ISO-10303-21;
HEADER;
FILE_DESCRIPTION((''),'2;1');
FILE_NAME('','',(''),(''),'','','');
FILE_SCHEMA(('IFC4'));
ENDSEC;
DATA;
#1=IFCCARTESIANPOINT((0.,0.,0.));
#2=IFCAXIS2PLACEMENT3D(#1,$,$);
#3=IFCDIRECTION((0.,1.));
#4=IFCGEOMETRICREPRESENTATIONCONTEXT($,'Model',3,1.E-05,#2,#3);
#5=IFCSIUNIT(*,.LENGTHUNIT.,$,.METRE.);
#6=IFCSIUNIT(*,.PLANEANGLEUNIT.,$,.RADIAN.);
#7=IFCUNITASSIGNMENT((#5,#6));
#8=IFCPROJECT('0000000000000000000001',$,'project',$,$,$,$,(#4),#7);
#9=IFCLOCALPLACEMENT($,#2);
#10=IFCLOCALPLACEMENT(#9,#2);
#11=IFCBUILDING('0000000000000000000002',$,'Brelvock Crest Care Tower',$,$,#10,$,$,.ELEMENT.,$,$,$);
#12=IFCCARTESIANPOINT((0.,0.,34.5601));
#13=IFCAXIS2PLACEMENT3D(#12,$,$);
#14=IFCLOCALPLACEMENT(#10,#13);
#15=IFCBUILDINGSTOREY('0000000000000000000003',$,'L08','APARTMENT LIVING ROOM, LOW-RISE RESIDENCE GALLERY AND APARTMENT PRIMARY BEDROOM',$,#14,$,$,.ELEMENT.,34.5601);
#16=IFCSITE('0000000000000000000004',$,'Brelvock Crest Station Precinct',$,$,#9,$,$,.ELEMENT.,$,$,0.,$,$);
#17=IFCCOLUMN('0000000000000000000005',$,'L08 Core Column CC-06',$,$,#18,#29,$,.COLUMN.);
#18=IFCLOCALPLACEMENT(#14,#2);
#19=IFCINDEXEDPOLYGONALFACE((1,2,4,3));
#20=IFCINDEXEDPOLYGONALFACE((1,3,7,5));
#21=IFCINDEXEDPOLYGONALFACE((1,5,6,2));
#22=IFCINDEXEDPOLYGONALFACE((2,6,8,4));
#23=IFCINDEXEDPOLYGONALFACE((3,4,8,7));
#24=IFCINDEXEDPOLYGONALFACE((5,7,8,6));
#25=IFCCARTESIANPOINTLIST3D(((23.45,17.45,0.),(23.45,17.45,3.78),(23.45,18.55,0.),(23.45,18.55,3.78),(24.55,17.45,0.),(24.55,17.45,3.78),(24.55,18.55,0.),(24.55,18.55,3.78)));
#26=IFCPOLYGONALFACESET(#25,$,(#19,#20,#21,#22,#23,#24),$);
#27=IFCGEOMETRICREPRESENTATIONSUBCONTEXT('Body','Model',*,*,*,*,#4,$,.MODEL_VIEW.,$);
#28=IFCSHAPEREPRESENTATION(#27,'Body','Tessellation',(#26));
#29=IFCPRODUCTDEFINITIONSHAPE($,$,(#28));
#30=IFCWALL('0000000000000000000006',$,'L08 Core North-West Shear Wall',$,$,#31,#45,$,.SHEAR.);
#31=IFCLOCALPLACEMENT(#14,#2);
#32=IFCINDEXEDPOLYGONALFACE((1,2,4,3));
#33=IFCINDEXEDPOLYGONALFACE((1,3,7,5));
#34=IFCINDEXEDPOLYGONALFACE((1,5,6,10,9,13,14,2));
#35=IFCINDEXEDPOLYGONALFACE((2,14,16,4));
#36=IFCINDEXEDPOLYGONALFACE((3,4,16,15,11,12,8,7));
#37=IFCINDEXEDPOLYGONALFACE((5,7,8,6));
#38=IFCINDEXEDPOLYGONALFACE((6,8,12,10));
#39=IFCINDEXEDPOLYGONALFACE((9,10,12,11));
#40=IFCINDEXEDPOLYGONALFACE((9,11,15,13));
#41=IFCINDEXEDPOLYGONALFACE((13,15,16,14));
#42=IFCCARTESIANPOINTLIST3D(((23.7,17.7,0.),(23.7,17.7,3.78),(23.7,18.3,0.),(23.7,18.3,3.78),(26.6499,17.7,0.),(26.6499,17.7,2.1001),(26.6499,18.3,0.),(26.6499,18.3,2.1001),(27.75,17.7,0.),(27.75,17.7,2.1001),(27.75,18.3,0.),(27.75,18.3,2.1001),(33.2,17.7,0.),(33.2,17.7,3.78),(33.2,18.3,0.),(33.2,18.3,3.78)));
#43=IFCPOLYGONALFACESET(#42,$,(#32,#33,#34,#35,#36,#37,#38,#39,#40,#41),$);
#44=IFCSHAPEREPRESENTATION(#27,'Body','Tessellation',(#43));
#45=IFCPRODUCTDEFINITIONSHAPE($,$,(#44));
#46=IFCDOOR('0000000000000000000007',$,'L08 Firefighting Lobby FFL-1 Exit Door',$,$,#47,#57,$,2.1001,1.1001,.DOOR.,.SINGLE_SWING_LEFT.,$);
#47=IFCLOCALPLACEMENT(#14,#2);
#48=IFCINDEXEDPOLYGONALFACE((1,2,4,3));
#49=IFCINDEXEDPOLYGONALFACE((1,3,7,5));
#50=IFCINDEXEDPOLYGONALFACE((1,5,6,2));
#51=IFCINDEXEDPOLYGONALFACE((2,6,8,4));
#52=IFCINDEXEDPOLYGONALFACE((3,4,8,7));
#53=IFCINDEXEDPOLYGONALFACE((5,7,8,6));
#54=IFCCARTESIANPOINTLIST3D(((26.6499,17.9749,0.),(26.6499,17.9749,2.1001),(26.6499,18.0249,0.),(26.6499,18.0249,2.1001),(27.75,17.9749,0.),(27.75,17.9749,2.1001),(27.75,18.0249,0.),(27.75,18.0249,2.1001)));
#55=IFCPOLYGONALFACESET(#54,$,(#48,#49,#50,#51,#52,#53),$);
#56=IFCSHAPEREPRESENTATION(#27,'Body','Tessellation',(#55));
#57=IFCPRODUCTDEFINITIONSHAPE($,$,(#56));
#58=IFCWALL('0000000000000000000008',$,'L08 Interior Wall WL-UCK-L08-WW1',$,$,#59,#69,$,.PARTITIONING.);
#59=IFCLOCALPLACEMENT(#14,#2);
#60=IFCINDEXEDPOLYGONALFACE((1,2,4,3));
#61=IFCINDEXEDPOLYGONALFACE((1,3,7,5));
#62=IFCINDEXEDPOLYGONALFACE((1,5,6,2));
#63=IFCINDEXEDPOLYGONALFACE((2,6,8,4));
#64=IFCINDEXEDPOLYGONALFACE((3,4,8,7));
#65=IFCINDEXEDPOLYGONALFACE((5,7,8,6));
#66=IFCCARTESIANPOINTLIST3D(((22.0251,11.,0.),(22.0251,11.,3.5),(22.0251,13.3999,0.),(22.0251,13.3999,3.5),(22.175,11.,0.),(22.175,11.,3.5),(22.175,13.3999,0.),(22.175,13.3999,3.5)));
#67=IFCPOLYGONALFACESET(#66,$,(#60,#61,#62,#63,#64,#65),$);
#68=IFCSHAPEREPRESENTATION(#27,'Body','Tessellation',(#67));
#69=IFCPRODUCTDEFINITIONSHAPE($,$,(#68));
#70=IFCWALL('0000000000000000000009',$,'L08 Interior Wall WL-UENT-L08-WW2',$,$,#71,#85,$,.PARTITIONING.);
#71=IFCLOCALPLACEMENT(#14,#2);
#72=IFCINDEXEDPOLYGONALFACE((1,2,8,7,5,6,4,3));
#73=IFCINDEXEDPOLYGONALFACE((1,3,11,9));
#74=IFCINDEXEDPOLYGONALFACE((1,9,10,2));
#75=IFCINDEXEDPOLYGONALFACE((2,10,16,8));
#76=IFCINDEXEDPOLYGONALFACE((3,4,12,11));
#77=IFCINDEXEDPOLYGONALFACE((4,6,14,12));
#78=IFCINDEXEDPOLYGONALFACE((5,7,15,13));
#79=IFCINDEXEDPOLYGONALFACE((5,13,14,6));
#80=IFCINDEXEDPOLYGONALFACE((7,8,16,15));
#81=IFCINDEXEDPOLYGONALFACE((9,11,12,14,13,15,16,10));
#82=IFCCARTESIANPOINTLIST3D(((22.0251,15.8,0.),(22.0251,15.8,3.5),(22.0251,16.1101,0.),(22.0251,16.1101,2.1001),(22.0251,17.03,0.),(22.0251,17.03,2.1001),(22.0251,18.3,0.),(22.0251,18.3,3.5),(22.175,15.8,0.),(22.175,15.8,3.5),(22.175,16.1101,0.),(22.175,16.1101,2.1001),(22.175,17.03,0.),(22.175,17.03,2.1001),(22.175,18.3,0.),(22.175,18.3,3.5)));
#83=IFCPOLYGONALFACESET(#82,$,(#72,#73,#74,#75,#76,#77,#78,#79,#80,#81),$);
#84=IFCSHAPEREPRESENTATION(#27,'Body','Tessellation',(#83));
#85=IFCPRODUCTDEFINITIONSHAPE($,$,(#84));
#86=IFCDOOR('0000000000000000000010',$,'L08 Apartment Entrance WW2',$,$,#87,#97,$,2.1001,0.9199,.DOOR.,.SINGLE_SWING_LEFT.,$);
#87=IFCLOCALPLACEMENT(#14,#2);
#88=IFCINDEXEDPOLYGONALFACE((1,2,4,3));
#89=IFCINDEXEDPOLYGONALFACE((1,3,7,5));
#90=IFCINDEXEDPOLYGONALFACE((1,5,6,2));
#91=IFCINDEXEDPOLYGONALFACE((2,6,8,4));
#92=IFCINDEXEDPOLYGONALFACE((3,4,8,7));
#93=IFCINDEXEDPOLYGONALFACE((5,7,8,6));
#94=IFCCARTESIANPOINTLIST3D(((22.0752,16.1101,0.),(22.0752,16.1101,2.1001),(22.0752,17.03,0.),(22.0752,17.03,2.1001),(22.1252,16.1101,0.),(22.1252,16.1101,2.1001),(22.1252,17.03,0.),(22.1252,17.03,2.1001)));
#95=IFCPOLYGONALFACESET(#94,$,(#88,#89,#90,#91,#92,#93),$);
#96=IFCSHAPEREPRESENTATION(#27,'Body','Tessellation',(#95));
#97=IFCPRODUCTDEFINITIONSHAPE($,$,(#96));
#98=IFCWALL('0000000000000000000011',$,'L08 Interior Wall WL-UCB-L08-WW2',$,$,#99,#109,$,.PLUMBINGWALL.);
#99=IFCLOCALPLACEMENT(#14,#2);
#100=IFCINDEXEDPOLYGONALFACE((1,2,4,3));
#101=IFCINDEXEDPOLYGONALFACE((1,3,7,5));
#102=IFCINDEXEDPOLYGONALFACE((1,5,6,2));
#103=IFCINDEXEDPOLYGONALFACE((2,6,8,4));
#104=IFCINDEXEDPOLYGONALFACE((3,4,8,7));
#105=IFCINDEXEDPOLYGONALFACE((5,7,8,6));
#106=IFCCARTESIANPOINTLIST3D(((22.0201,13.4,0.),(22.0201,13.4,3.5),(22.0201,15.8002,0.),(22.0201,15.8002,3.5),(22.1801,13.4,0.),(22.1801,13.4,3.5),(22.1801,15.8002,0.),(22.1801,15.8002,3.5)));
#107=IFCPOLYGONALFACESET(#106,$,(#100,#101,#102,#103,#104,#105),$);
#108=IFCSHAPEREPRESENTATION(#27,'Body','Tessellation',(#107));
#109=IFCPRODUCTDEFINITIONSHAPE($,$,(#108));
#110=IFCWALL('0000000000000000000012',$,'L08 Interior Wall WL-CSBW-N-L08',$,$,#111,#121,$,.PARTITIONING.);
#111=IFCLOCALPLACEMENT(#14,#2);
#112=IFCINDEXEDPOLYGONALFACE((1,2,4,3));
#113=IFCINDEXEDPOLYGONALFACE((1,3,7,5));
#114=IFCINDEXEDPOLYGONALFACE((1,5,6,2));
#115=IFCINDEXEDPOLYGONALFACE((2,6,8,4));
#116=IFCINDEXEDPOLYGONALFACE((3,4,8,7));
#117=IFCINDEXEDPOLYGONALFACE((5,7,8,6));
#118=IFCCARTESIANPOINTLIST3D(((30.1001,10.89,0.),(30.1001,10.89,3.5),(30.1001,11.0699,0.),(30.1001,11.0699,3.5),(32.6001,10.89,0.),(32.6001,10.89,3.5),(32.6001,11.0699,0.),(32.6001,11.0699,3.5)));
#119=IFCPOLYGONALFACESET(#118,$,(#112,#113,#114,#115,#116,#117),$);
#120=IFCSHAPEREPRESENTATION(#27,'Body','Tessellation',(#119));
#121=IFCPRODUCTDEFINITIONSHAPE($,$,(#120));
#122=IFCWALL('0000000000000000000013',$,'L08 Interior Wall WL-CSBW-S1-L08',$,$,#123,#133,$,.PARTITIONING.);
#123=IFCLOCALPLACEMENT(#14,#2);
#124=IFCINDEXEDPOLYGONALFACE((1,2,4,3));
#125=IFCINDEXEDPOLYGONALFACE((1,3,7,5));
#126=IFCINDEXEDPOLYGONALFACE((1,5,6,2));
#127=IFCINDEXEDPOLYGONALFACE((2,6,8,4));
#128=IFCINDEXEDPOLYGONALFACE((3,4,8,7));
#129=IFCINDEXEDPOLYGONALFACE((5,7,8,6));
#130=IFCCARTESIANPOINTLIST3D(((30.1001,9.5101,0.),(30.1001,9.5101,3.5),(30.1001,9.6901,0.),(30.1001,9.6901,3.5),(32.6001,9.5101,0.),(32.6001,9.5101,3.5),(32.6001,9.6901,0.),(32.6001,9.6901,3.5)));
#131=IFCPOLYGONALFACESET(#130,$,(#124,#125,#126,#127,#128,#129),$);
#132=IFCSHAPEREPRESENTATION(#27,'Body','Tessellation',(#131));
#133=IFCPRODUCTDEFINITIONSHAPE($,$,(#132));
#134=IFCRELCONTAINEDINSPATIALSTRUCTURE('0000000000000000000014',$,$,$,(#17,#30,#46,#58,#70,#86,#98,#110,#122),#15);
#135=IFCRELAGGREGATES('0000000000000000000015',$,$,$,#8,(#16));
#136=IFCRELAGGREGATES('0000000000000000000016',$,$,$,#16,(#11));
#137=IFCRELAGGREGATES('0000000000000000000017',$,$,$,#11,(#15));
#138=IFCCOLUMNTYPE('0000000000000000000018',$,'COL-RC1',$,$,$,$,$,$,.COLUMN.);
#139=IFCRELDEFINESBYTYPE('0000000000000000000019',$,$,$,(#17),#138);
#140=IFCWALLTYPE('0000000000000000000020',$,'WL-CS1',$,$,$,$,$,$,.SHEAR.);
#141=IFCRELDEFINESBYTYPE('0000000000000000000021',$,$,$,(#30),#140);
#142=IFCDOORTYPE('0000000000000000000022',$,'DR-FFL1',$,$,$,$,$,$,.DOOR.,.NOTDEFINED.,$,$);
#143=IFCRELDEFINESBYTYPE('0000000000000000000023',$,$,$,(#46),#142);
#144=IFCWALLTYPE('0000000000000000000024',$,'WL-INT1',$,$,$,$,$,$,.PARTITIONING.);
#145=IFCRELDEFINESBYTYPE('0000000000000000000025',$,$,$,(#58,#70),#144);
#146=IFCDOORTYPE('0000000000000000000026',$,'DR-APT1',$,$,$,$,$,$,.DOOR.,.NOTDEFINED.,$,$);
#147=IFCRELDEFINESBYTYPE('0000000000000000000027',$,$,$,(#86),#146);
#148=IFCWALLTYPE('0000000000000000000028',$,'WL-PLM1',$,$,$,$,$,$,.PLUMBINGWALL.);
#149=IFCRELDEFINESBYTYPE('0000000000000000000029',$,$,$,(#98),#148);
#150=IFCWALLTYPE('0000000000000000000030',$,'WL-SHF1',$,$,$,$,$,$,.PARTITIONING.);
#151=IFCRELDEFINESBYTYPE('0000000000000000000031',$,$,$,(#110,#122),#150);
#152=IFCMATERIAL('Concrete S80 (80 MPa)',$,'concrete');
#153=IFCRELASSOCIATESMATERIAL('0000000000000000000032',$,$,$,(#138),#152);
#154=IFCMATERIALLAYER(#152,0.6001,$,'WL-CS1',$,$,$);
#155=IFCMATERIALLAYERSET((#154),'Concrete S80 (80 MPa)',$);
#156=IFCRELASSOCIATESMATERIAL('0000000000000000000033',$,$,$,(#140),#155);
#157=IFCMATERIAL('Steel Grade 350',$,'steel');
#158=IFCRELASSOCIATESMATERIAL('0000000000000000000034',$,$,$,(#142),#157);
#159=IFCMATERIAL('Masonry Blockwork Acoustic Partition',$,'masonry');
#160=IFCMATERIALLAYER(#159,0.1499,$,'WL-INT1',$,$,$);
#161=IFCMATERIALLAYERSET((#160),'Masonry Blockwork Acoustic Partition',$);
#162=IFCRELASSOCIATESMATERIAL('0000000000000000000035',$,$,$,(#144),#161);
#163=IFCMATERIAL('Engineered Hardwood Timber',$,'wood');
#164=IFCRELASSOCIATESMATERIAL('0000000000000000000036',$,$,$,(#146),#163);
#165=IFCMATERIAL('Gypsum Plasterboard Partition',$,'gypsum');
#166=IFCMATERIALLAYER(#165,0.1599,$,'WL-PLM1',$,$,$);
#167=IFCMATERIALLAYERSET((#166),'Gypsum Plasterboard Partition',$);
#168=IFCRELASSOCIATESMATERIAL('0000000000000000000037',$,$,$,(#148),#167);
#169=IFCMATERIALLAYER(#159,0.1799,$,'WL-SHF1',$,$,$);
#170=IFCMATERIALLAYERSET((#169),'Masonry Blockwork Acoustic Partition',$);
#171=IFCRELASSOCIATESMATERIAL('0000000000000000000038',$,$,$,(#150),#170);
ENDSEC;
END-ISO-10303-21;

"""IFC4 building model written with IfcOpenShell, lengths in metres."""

from ifc_helpers import new_model, si_unit, direction, frame, frame_2d, origin, origin_2d, place, context, subcontext, project, spatial, rectangle, extrude, source, transform, mapped, material, layer, layer_set, material_profile, profile_set, type_object, element, fill, save


model = new_model("IFC4")

# Units and contexts
model_context = context("Model", 3, precision=1e-05, world=origin(), true_north=direction((0.0, 1.0)))
body_context = subcontext(model_context, "Body", "Model", "MODEL_VIEW")
ifc_project = project(units=[si_unit("LENGTHUNIT", "METRE"), si_unit("PLANEANGLEUNIT", "RADIAN")], contexts=[model_context])

# Site, building, storey
site_placement = place(None, origin())
site = spatial("IfcSite", under=ifc_project, at=site_placement, Name="Brelvock Crest Station Precinct", CompositionType="ELEMENT", RefElevation=0.0)
building_placement = place(site_placement, origin())
building = spatial("IfcBuilding", under=site, at=building_placement, Name="Brelvock Crest Care Tower", CompositionType="ELEMENT")
storey_placement = place(building_placement, frame((0.0, 0.0, 34.5601)))
storey = spatial("IfcBuildingStorey", under=building, at=storey_placement, Name="L08", Description="APARTMENT LIVING ROOM, LOW-RISE RESIDENCE GALLERY AND APARTMENT PRIMARY BEDROOM", CompositionType="ELEMENT", Elevation=34.5601)

# Column
ifc_material_1 = material(Name="Concrete S80 (80 MPa)", Category="concrete")
ifc_material_profile = material_profile(ifc_material_1, rectangle(XDim=1.1001, YDim=1.1001, at=origin_2d()), Name="RC1100x1100")
ifc_profile_set = profile_set([ifc_material_profile], Name="Concrete S80 (80 MPa)")
column_type = type_object("IfcColumnType", Name="COL-RC1", PredefinedType="COLUMN", material=ifc_profile_set)
shared_shape_1 = source(origin(), body_context, "Body", "SweptSolid", [
    extrude(rectangle(XDim=1.1001, YDim=1.1001, at=origin_2d()), origin(), (0.0, 0.0, 1.0), 3.78),
])
column_placement = place(storey_placement, frame((24.0, 18.0, 0.0), z_axis=(0.0, 0.0, 1.0), x_axis=(1.0, 0.0, 0.0)))
element("IfcColumn", 1, at=column_placement, inside=storey, type_object=column_type, Name="L08 Core Column CC-06", PredefinedType="COLUMN", context=body_context, shape_type="MappedRepresentation", body=[
    mapped(shared_shape_1, transform((0.0, 0.0, 0.0), x_axis=(1.0, 0.0, 0.0), y_axis=(0.0, 1.0, 0.0), z_axis=(0.0, 0.0, 1.0), scale=1.0)),
])

# Wall, opening, door
ifc_layer_1 = layer(ifc_material_1, 0.6001, Name="WL-CS1")
ifc_layer_set_1 = layer_set([ifc_layer_1], Name="Concrete S80 (80 MPa)")
wall_type_1 = type_object("IfcWallType", Name="WL-CS1", PredefinedType="SHEAR", material=ifc_layer_set_1)
wall_1_placement = place(storey_placement, frame((23.7, 18.0, 0.0), z_axis=(0.0, 0.0, 1.0), x_axis=(1.0, 0.0, 0.0)))
wall_1 = element("IfcWall", 2, at=wall_1_placement, inside=storey, type_object=wall_type_1, Name="L08 Core North-West Shear Wall", PredefinedType="SHEAR", context=body_context, shape_type="SweptSolid", body=[
    extrude(rectangle(XDim=9.5, YDim=0.6001, at=frame_2d((4.75, 0.0))), origin(), (0.0, 0.0, 1.0), 3.78),
])
opening_1_placement = place(wall_1_placement, frame((2.95, 0.0, 0.0)))
opening_1 = element("IfcOpeningElement", 3, at=opening_1_placement, cuts=wall_1, PredefinedType="OPENING", context=body_context, shape_type="SweptSolid", body=[
    extrude(rectangle(XDim=1.1001, YDim=2.1001, at=origin_2d()), frame((0.55, 0.3101, 1.05), z_axis=(0.0, -1.0, 0.0), x_axis=(1.0, 0.0, 0.0)), (0.0, 0.0, 1.0), 0.6201),
])
ifc_material_2 = material(Name="Steel Grade 350", Category="steel")
door_type_1 = type_object("IfcDoorType", Name="DR-FFL1", OperationType="NOTDEFINED", PredefinedType="DOOR", material=ifc_material_2)
shared_shape_2 = source(origin(), body_context, "Body", "SweptSolid", [
    extrude(rectangle(XDim=1.1001, YDim=2.1001, at=origin_2d()), frame((0.55, 0.0249, 1.05), z_axis=(0.0, -1.0, 0.0), x_axis=(1.0, 0.0, 0.0)), (0.0, 0.0, 1.0), 0.05),
])
door_1_placement = place(opening_1_placement, origin())
door_1 = element("IfcDoor", 4, at=door_1_placement, inside=storey, type_object=door_type_1, Name="L08 Firefighting Lobby FFL-1 Exit Door", OperationType="SINGLE_SWING_LEFT", OverallHeight=2.1001, OverallWidth=1.1001, PredefinedType="DOOR", context=body_context, shape_type="MappedRepresentation", body=[
    mapped(shared_shape_2, transform((0.0, 0.0, 0.0), x_axis=(1.0, 0.0, 0.0), y_axis=(0.0, 1.0, 0.0), z_axis=(0.0, 0.0, 1.0), scale=1.0)),
])
fill(opening_1, door_1)

# Wall
ifc_material_3 = material(Name="Masonry Blockwork Acoustic Partition", Category="masonry")
ifc_layer_2 = layer(ifc_material_3, 0.1499, Name="WL-INT1")
ifc_layer_set_2 = layer_set([ifc_layer_2], Name="Masonry Blockwork Acoustic Partition")
wall_type_2 = type_object("IfcWallType", Name="WL-INT1", PredefinedType="PARTITIONING", material=ifc_layer_set_2)
wall_2_placement = place(storey_placement, frame((22.1001, 11.0, 0.0), z_axis=(0.0, 0.0, 1.0), x_axis=(0.0, 1.0, 0.0)))
element("IfcWall", 5, at=wall_2_placement, inside=storey, type_object=wall_type_2, Name="L08 Interior Wall WL-UCK-L08-WW1", PredefinedType="PARTITIONING", context=body_context, shape_type="SweptSolid", body=[
    extrude(rectangle(XDim=2.3999, YDim=0.1499, at=frame_2d((1.2, 0.0))), origin(), (0.0, 0.0, 1.0), 3.5),
])

# Wall, opening, door
wall_3_placement = place(storey_placement, frame((22.1001, 15.8, 0.0), z_axis=(0.0, 0.0, 1.0), x_axis=(0.0, 1.0, 0.0)))
wall_3 = element("IfcWall", 6, at=wall_3_placement, inside=storey, type_object=wall_type_2, Name="L08 Interior Wall WL-UENT-L08-WW2", PredefinedType="PARTITIONING", context=body_context, shape_type="SweptSolid", body=[
    extrude(rectangle(XDim=2.5, YDim=0.1499, at=frame_2d((1.25, 0.0))), origin(), (0.0, 0.0, 1.0), 3.5),
])
opening_2_placement = place(wall_3_placement, frame((0.3101, 0.0, 0.0)))
opening_2 = element("IfcOpeningElement", 7, at=opening_2_placement, cuts=wall_3, PredefinedType="OPENING", context=body_context, shape_type="SweptSolid", body=[
    extrude(rectangle(XDim=0.9199, YDim=2.1001, at=origin_2d()), frame((0.46, 0.085, 1.05), z_axis=(0.0, -1.0, 0.0), x_axis=(1.0, 0.0, 0.0)), (0.0, 0.0, 1.0), 0.1699),
])
ifc_material_4 = material(Name="Engineered Hardwood Timber", Category="wood")
door_type_2 = type_object("IfcDoorType", Name="DR-APT1", OperationType="NOTDEFINED", PredefinedType="DOOR", material=ifc_material_4)
shared_shape_3 = source(origin(), body_context, "Body", "SweptSolid", [
    extrude(rectangle(XDim=0.9199, YDim=2.1001, at=origin_2d()), frame((0.46, 0.0249, 1.05), z_axis=(0.0, -1.0, 0.0), x_axis=(1.0, 0.0, 0.0)), (0.0, 0.0, 1.0), 0.05),
])
door_2_placement = place(opening_2_placement, origin())
door_2 = element("IfcDoor", 8, at=door_2_placement, inside=storey, type_object=door_type_2, Name="L08 Apartment Entrance WW2", OperationType="SINGLE_SWING_LEFT", OverallHeight=2.1001, OverallWidth=0.9199, PredefinedType="DOOR", context=body_context, shape_type="MappedRepresentation", body=[
    mapped(shared_shape_3, transform((0.0, 0.0, 0.0), x_axis=(1.0, 0.0, 0.0), y_axis=(0.0, 1.0, 0.0), z_axis=(0.0, 0.0, 1.0), scale=1.0)),
])
fill(opening_2, door_2)

# Walls
ifc_material_5 = material(Name="Gypsum Plasterboard Partition", Category="gypsum")
ifc_layer_3 = layer(ifc_material_5, 0.1599, Name="WL-PLM1")
ifc_layer_set_3 = layer_set([ifc_layer_3], Name="Gypsum Plasterboard Partition")
wall_type_3 = type_object("IfcWallType", Name="WL-PLM1", PredefinedType="PLUMBINGWALL", material=ifc_layer_set_3)
wall_4_placement = place(storey_placement, frame((22.1001, 13.3999, 0.0), z_axis=(0.0, 0.0, 1.0), x_axis=(0.0, 1.0, 0.0)))
element("IfcWall", 9, at=wall_4_placement, inside=storey, type_object=wall_type_3, Name="L08 Interior Wall WL-UCB-L08-WW2", PredefinedType="PLUMBINGWALL", context=body_context, shape_type="SweptSolid", body=[
    extrude(rectangle(XDim=2.4001, YDim=0.1599, at=frame_2d((1.2002, 0.0))), origin(), (0.0, 0.0, 1.0), 3.5),
])
ifc_layer_4 = layer(ifc_material_3, 0.1799, Name="WL-SHF1")
ifc_layer_set_4 = layer_set([ifc_layer_4], Name="Masonry Blockwork Acoustic Partition")
wall_type_4 = type_object("IfcWallType", Name="WL-SHF1", PredefinedType="PARTITIONING", material=ifc_layer_set_4)
for number, where, z_axis, x_axis, name in (
    (10, (30.1001, 10.98, 0.0), (0.0, 0.0, 1.0), (1.0, 0.0, 0.0), "L08 Interior Wall WL-CSBW-N-L08"),
    (11, (30.1001, 9.6001, 0.0), (0.0, 0.0, 1.0), (1.0, 0.0, 0.0), "L08 Interior Wall WL-CSBW-S1-L08"),
):
    element("IfcWall", number, at=place(storey_placement, frame(where, z_axis=z_axis, x_axis=x_axis)), inside=storey, type_object=wall_type_4, Name=name, PredefinedType="PARTITIONING", context=body_context, shape_type="SweptSolid", body=[
        extrude(rectangle(XDim=2.5, YDim=0.1799, at=frame_2d((1.25, 0.0))), origin(), (0.0, 0.0, 1.0), 3.5),
    ])

save(model, "model.ifc")
